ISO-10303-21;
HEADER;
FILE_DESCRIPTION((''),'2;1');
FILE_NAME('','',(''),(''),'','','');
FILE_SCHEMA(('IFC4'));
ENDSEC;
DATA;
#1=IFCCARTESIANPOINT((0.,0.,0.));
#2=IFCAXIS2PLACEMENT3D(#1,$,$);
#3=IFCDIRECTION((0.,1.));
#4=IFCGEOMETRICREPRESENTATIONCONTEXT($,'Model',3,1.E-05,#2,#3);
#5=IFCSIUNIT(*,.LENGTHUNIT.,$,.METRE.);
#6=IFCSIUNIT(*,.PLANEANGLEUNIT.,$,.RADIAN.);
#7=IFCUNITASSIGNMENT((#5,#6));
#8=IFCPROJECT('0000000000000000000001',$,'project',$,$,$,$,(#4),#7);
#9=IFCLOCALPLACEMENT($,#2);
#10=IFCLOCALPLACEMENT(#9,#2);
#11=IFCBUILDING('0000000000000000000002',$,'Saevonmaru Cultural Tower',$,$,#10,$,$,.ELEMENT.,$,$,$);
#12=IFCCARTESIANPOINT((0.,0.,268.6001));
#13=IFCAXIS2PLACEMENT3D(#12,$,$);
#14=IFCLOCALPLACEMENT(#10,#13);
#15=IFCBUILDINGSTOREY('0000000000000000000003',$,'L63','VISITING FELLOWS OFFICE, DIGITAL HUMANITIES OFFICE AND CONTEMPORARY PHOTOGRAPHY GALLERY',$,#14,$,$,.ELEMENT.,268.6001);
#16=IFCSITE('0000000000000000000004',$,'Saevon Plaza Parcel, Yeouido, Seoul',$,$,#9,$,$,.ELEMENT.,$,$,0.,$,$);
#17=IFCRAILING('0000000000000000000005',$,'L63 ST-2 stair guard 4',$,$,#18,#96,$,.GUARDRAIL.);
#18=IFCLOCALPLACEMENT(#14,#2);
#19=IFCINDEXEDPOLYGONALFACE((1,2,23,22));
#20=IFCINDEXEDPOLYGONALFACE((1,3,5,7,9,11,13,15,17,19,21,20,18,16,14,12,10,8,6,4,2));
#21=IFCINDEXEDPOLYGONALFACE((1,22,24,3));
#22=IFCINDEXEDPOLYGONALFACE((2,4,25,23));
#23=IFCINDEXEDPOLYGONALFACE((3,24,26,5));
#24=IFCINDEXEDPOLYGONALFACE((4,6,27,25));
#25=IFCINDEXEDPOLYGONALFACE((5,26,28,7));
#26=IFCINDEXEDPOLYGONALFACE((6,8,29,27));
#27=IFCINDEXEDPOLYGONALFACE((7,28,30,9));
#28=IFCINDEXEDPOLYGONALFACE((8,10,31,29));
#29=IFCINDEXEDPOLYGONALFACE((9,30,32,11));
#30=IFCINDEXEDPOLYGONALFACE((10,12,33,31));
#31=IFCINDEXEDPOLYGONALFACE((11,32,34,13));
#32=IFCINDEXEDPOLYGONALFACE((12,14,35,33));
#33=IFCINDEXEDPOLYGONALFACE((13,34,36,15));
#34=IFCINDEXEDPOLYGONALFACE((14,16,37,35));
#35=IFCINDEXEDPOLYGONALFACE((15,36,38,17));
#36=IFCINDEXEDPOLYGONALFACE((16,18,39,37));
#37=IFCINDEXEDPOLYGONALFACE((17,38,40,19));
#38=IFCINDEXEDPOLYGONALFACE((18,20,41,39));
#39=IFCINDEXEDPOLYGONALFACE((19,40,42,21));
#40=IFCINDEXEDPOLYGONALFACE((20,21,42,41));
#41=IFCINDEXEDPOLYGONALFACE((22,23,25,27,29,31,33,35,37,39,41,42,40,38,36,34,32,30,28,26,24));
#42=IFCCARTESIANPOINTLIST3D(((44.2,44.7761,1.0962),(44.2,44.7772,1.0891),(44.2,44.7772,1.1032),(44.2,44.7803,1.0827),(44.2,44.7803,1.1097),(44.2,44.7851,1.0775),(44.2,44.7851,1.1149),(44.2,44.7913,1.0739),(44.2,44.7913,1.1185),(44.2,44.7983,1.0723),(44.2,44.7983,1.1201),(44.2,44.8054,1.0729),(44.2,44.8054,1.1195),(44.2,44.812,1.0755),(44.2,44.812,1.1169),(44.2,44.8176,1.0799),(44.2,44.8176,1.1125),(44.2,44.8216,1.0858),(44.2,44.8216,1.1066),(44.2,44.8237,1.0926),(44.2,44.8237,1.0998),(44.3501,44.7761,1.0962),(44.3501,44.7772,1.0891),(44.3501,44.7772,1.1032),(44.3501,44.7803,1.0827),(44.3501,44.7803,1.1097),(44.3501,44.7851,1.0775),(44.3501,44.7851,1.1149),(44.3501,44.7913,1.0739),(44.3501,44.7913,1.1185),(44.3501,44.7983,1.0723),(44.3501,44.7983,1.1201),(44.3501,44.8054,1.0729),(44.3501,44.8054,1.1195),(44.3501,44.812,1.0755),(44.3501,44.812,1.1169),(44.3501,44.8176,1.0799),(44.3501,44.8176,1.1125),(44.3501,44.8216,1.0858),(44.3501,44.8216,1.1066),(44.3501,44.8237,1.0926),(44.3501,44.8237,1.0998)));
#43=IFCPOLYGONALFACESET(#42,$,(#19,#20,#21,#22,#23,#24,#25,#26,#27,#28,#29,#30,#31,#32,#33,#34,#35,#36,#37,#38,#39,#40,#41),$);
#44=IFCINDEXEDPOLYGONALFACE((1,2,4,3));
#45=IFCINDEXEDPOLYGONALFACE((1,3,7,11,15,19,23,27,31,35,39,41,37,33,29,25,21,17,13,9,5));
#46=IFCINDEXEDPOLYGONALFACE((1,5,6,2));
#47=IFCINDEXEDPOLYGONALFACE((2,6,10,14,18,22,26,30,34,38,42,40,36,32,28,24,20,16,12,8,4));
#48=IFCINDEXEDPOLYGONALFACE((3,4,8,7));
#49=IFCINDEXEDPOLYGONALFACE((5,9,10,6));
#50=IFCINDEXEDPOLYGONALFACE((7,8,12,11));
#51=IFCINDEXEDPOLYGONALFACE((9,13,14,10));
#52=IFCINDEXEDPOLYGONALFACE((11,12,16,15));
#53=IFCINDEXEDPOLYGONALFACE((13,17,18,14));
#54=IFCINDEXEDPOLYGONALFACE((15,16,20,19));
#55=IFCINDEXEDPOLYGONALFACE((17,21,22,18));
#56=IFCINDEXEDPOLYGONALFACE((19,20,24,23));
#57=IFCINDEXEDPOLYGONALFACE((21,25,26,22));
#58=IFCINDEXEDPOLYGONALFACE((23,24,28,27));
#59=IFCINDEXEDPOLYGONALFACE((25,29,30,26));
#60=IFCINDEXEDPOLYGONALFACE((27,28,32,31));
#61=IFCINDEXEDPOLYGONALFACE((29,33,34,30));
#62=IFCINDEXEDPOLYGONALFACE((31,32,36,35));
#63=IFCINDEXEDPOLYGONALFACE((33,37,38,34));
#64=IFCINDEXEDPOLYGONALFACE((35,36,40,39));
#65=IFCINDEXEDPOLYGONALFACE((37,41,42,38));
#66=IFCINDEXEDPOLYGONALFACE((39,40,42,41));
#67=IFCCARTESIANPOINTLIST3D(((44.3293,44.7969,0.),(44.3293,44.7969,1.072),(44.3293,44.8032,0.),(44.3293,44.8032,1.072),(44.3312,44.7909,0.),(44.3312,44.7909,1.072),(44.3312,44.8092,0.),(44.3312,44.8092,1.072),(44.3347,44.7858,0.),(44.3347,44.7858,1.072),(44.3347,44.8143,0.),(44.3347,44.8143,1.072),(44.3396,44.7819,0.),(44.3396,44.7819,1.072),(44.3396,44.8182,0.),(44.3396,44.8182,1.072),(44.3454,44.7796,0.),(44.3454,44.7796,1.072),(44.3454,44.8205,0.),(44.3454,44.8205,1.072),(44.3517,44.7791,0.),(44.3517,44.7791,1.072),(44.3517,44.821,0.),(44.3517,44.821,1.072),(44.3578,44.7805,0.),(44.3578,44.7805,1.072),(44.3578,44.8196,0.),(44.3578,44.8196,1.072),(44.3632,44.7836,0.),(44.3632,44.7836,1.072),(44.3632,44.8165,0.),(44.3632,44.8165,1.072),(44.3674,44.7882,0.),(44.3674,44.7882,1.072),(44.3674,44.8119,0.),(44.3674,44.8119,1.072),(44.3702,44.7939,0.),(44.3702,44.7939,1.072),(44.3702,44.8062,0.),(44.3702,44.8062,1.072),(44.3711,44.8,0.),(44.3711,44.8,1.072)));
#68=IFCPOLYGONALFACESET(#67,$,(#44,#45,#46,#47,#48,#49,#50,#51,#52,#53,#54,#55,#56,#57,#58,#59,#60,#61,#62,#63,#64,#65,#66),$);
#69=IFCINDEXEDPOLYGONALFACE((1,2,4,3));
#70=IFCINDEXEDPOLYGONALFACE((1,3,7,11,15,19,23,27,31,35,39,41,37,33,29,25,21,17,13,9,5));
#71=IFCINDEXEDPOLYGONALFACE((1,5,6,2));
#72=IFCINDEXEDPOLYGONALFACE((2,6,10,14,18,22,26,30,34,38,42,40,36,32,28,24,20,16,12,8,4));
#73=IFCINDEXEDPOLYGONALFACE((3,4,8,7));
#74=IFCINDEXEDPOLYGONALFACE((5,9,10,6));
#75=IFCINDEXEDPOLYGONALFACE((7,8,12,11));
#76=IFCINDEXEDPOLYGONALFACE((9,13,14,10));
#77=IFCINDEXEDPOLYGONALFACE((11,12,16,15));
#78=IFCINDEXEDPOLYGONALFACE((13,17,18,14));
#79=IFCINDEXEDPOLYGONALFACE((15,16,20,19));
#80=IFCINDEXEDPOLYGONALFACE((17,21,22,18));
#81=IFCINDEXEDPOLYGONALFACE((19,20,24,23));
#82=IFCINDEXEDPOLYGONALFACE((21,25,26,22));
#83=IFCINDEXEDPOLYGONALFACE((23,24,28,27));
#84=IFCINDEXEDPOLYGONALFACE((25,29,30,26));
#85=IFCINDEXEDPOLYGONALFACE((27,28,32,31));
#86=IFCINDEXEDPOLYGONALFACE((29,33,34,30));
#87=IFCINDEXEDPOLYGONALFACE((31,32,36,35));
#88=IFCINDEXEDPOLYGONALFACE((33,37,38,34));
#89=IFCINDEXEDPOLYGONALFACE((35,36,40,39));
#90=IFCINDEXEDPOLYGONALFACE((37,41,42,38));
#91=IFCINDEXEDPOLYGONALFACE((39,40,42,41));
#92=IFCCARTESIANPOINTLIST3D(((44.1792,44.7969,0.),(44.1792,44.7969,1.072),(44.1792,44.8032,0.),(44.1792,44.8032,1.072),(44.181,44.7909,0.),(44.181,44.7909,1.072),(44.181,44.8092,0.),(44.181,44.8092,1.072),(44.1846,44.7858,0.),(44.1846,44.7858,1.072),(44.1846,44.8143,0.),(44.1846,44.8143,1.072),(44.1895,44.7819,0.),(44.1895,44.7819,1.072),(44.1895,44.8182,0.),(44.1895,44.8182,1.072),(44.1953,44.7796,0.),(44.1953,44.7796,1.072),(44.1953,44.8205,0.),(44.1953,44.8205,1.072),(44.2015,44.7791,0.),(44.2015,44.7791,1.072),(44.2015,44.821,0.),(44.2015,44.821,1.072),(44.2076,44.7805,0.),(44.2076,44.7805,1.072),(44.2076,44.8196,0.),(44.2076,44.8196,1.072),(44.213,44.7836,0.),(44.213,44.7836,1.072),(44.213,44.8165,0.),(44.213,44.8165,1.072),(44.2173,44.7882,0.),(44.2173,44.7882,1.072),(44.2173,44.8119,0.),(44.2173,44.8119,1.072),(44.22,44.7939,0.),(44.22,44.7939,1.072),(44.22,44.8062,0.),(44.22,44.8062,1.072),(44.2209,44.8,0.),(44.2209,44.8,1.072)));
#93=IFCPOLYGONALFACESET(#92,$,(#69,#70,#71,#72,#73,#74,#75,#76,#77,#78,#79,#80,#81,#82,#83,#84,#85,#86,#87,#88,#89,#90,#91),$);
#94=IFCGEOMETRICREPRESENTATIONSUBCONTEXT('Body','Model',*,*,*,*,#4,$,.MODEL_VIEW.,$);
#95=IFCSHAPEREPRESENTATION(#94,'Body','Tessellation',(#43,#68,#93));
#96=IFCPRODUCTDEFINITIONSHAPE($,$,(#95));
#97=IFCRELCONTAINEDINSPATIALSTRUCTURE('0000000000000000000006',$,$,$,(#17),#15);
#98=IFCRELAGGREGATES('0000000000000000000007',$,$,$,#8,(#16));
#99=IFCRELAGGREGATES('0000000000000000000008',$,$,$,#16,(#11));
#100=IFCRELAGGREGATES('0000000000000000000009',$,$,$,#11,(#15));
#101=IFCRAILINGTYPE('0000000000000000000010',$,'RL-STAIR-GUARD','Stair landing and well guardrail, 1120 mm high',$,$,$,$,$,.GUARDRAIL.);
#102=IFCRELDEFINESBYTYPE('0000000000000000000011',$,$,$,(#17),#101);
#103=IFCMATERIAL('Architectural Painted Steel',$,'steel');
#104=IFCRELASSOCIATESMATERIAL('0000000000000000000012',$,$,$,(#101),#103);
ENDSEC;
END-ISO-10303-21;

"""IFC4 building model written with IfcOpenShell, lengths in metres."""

from ifc_helpers import new_model, si_unit, direction, frame, origin, origin_2d, place, context, subcontext, project, spatial, circle, extrude, material, type_object, element, save


model = new_model("IFC4")

# Units and contexts
model_context = context("Model", 3, precision=1e-05, world=origin(), true_north=direction((0.0, 1.0)))
body_context = subcontext(model_context, "Body", "Model", "MODEL_VIEW")
ifc_project = project(units=[si_unit("LENGTHUNIT", "METRE"), si_unit("PLANEANGLEUNIT", "RADIAN")], contexts=[model_context])

# Site, building, storey
site_placement = place(None, origin())
site = spatial("IfcSite", under=ifc_project, at=site_placement, Name="Saevon Plaza Parcel, Yeouido, Seoul", CompositionType="ELEMENT", RefElevation=0.0)
building_placement = place(site_placement, origin())
building = spatial("IfcBuilding", under=site, at=building_placement, Name="Saevonmaru Cultural Tower", CompositionType="ELEMENT")
storey_placement = place(building_placement, frame((0.0, 0.0, 268.6001)))
storey = spatial("IfcBuildingStorey", under=building, at=storey_placement, Name="L63", Description="VISITING FELLOWS OFFICE, DIGITAL HUMANITIES OFFICE AND CONTEMPORARY PHOTOGRAPHY GALLERY", CompositionType="ELEMENT", Elevation=268.6001)

# Railing
ifc_material_1 = material(Name="Architectural Painted Steel", Category="steel")
railing_type_1 = type_object("IfcRailingType", Name="RL-STAIR-GUARD", Description="Stair landing and well guardrail, 1120 mm high", PredefinedType="GUARDRAIL", material=ifc_material_1)
railing_1_placement = place(storey_placement, frame((44.3501, 44.8, 0.0)))
element("IfcRailing", 1, at=railing_1_placement, inside=storey, type_object=railing_type_1, Name="L63 ST-2 stair guard 4", PredefinedType="GUARDRAIL", context=body_context, shape_type="SweptSolid", body=[
    extrude(circle(Radius=0.0239, at=origin_2d()), frame((0.0, 0.0, 1.0962), z_axis=(-1.0, 0.0, 0.0), x_axis=(0.0, -1.0, 0.0)), (0.0, 0.0, 1.0), 0.1501),
    extrude(circle(Radius=0.021, at=origin_2d()), origin(), (0.0, 0.0, 1.0), 1.072),
    extrude(circle(Radius=0.021, at=origin_2d()), frame((-0.1501, 0.0, 0.0)), (0.0, 0.0, 1.0), 1.072),
])

save(model, "model.ifc")
